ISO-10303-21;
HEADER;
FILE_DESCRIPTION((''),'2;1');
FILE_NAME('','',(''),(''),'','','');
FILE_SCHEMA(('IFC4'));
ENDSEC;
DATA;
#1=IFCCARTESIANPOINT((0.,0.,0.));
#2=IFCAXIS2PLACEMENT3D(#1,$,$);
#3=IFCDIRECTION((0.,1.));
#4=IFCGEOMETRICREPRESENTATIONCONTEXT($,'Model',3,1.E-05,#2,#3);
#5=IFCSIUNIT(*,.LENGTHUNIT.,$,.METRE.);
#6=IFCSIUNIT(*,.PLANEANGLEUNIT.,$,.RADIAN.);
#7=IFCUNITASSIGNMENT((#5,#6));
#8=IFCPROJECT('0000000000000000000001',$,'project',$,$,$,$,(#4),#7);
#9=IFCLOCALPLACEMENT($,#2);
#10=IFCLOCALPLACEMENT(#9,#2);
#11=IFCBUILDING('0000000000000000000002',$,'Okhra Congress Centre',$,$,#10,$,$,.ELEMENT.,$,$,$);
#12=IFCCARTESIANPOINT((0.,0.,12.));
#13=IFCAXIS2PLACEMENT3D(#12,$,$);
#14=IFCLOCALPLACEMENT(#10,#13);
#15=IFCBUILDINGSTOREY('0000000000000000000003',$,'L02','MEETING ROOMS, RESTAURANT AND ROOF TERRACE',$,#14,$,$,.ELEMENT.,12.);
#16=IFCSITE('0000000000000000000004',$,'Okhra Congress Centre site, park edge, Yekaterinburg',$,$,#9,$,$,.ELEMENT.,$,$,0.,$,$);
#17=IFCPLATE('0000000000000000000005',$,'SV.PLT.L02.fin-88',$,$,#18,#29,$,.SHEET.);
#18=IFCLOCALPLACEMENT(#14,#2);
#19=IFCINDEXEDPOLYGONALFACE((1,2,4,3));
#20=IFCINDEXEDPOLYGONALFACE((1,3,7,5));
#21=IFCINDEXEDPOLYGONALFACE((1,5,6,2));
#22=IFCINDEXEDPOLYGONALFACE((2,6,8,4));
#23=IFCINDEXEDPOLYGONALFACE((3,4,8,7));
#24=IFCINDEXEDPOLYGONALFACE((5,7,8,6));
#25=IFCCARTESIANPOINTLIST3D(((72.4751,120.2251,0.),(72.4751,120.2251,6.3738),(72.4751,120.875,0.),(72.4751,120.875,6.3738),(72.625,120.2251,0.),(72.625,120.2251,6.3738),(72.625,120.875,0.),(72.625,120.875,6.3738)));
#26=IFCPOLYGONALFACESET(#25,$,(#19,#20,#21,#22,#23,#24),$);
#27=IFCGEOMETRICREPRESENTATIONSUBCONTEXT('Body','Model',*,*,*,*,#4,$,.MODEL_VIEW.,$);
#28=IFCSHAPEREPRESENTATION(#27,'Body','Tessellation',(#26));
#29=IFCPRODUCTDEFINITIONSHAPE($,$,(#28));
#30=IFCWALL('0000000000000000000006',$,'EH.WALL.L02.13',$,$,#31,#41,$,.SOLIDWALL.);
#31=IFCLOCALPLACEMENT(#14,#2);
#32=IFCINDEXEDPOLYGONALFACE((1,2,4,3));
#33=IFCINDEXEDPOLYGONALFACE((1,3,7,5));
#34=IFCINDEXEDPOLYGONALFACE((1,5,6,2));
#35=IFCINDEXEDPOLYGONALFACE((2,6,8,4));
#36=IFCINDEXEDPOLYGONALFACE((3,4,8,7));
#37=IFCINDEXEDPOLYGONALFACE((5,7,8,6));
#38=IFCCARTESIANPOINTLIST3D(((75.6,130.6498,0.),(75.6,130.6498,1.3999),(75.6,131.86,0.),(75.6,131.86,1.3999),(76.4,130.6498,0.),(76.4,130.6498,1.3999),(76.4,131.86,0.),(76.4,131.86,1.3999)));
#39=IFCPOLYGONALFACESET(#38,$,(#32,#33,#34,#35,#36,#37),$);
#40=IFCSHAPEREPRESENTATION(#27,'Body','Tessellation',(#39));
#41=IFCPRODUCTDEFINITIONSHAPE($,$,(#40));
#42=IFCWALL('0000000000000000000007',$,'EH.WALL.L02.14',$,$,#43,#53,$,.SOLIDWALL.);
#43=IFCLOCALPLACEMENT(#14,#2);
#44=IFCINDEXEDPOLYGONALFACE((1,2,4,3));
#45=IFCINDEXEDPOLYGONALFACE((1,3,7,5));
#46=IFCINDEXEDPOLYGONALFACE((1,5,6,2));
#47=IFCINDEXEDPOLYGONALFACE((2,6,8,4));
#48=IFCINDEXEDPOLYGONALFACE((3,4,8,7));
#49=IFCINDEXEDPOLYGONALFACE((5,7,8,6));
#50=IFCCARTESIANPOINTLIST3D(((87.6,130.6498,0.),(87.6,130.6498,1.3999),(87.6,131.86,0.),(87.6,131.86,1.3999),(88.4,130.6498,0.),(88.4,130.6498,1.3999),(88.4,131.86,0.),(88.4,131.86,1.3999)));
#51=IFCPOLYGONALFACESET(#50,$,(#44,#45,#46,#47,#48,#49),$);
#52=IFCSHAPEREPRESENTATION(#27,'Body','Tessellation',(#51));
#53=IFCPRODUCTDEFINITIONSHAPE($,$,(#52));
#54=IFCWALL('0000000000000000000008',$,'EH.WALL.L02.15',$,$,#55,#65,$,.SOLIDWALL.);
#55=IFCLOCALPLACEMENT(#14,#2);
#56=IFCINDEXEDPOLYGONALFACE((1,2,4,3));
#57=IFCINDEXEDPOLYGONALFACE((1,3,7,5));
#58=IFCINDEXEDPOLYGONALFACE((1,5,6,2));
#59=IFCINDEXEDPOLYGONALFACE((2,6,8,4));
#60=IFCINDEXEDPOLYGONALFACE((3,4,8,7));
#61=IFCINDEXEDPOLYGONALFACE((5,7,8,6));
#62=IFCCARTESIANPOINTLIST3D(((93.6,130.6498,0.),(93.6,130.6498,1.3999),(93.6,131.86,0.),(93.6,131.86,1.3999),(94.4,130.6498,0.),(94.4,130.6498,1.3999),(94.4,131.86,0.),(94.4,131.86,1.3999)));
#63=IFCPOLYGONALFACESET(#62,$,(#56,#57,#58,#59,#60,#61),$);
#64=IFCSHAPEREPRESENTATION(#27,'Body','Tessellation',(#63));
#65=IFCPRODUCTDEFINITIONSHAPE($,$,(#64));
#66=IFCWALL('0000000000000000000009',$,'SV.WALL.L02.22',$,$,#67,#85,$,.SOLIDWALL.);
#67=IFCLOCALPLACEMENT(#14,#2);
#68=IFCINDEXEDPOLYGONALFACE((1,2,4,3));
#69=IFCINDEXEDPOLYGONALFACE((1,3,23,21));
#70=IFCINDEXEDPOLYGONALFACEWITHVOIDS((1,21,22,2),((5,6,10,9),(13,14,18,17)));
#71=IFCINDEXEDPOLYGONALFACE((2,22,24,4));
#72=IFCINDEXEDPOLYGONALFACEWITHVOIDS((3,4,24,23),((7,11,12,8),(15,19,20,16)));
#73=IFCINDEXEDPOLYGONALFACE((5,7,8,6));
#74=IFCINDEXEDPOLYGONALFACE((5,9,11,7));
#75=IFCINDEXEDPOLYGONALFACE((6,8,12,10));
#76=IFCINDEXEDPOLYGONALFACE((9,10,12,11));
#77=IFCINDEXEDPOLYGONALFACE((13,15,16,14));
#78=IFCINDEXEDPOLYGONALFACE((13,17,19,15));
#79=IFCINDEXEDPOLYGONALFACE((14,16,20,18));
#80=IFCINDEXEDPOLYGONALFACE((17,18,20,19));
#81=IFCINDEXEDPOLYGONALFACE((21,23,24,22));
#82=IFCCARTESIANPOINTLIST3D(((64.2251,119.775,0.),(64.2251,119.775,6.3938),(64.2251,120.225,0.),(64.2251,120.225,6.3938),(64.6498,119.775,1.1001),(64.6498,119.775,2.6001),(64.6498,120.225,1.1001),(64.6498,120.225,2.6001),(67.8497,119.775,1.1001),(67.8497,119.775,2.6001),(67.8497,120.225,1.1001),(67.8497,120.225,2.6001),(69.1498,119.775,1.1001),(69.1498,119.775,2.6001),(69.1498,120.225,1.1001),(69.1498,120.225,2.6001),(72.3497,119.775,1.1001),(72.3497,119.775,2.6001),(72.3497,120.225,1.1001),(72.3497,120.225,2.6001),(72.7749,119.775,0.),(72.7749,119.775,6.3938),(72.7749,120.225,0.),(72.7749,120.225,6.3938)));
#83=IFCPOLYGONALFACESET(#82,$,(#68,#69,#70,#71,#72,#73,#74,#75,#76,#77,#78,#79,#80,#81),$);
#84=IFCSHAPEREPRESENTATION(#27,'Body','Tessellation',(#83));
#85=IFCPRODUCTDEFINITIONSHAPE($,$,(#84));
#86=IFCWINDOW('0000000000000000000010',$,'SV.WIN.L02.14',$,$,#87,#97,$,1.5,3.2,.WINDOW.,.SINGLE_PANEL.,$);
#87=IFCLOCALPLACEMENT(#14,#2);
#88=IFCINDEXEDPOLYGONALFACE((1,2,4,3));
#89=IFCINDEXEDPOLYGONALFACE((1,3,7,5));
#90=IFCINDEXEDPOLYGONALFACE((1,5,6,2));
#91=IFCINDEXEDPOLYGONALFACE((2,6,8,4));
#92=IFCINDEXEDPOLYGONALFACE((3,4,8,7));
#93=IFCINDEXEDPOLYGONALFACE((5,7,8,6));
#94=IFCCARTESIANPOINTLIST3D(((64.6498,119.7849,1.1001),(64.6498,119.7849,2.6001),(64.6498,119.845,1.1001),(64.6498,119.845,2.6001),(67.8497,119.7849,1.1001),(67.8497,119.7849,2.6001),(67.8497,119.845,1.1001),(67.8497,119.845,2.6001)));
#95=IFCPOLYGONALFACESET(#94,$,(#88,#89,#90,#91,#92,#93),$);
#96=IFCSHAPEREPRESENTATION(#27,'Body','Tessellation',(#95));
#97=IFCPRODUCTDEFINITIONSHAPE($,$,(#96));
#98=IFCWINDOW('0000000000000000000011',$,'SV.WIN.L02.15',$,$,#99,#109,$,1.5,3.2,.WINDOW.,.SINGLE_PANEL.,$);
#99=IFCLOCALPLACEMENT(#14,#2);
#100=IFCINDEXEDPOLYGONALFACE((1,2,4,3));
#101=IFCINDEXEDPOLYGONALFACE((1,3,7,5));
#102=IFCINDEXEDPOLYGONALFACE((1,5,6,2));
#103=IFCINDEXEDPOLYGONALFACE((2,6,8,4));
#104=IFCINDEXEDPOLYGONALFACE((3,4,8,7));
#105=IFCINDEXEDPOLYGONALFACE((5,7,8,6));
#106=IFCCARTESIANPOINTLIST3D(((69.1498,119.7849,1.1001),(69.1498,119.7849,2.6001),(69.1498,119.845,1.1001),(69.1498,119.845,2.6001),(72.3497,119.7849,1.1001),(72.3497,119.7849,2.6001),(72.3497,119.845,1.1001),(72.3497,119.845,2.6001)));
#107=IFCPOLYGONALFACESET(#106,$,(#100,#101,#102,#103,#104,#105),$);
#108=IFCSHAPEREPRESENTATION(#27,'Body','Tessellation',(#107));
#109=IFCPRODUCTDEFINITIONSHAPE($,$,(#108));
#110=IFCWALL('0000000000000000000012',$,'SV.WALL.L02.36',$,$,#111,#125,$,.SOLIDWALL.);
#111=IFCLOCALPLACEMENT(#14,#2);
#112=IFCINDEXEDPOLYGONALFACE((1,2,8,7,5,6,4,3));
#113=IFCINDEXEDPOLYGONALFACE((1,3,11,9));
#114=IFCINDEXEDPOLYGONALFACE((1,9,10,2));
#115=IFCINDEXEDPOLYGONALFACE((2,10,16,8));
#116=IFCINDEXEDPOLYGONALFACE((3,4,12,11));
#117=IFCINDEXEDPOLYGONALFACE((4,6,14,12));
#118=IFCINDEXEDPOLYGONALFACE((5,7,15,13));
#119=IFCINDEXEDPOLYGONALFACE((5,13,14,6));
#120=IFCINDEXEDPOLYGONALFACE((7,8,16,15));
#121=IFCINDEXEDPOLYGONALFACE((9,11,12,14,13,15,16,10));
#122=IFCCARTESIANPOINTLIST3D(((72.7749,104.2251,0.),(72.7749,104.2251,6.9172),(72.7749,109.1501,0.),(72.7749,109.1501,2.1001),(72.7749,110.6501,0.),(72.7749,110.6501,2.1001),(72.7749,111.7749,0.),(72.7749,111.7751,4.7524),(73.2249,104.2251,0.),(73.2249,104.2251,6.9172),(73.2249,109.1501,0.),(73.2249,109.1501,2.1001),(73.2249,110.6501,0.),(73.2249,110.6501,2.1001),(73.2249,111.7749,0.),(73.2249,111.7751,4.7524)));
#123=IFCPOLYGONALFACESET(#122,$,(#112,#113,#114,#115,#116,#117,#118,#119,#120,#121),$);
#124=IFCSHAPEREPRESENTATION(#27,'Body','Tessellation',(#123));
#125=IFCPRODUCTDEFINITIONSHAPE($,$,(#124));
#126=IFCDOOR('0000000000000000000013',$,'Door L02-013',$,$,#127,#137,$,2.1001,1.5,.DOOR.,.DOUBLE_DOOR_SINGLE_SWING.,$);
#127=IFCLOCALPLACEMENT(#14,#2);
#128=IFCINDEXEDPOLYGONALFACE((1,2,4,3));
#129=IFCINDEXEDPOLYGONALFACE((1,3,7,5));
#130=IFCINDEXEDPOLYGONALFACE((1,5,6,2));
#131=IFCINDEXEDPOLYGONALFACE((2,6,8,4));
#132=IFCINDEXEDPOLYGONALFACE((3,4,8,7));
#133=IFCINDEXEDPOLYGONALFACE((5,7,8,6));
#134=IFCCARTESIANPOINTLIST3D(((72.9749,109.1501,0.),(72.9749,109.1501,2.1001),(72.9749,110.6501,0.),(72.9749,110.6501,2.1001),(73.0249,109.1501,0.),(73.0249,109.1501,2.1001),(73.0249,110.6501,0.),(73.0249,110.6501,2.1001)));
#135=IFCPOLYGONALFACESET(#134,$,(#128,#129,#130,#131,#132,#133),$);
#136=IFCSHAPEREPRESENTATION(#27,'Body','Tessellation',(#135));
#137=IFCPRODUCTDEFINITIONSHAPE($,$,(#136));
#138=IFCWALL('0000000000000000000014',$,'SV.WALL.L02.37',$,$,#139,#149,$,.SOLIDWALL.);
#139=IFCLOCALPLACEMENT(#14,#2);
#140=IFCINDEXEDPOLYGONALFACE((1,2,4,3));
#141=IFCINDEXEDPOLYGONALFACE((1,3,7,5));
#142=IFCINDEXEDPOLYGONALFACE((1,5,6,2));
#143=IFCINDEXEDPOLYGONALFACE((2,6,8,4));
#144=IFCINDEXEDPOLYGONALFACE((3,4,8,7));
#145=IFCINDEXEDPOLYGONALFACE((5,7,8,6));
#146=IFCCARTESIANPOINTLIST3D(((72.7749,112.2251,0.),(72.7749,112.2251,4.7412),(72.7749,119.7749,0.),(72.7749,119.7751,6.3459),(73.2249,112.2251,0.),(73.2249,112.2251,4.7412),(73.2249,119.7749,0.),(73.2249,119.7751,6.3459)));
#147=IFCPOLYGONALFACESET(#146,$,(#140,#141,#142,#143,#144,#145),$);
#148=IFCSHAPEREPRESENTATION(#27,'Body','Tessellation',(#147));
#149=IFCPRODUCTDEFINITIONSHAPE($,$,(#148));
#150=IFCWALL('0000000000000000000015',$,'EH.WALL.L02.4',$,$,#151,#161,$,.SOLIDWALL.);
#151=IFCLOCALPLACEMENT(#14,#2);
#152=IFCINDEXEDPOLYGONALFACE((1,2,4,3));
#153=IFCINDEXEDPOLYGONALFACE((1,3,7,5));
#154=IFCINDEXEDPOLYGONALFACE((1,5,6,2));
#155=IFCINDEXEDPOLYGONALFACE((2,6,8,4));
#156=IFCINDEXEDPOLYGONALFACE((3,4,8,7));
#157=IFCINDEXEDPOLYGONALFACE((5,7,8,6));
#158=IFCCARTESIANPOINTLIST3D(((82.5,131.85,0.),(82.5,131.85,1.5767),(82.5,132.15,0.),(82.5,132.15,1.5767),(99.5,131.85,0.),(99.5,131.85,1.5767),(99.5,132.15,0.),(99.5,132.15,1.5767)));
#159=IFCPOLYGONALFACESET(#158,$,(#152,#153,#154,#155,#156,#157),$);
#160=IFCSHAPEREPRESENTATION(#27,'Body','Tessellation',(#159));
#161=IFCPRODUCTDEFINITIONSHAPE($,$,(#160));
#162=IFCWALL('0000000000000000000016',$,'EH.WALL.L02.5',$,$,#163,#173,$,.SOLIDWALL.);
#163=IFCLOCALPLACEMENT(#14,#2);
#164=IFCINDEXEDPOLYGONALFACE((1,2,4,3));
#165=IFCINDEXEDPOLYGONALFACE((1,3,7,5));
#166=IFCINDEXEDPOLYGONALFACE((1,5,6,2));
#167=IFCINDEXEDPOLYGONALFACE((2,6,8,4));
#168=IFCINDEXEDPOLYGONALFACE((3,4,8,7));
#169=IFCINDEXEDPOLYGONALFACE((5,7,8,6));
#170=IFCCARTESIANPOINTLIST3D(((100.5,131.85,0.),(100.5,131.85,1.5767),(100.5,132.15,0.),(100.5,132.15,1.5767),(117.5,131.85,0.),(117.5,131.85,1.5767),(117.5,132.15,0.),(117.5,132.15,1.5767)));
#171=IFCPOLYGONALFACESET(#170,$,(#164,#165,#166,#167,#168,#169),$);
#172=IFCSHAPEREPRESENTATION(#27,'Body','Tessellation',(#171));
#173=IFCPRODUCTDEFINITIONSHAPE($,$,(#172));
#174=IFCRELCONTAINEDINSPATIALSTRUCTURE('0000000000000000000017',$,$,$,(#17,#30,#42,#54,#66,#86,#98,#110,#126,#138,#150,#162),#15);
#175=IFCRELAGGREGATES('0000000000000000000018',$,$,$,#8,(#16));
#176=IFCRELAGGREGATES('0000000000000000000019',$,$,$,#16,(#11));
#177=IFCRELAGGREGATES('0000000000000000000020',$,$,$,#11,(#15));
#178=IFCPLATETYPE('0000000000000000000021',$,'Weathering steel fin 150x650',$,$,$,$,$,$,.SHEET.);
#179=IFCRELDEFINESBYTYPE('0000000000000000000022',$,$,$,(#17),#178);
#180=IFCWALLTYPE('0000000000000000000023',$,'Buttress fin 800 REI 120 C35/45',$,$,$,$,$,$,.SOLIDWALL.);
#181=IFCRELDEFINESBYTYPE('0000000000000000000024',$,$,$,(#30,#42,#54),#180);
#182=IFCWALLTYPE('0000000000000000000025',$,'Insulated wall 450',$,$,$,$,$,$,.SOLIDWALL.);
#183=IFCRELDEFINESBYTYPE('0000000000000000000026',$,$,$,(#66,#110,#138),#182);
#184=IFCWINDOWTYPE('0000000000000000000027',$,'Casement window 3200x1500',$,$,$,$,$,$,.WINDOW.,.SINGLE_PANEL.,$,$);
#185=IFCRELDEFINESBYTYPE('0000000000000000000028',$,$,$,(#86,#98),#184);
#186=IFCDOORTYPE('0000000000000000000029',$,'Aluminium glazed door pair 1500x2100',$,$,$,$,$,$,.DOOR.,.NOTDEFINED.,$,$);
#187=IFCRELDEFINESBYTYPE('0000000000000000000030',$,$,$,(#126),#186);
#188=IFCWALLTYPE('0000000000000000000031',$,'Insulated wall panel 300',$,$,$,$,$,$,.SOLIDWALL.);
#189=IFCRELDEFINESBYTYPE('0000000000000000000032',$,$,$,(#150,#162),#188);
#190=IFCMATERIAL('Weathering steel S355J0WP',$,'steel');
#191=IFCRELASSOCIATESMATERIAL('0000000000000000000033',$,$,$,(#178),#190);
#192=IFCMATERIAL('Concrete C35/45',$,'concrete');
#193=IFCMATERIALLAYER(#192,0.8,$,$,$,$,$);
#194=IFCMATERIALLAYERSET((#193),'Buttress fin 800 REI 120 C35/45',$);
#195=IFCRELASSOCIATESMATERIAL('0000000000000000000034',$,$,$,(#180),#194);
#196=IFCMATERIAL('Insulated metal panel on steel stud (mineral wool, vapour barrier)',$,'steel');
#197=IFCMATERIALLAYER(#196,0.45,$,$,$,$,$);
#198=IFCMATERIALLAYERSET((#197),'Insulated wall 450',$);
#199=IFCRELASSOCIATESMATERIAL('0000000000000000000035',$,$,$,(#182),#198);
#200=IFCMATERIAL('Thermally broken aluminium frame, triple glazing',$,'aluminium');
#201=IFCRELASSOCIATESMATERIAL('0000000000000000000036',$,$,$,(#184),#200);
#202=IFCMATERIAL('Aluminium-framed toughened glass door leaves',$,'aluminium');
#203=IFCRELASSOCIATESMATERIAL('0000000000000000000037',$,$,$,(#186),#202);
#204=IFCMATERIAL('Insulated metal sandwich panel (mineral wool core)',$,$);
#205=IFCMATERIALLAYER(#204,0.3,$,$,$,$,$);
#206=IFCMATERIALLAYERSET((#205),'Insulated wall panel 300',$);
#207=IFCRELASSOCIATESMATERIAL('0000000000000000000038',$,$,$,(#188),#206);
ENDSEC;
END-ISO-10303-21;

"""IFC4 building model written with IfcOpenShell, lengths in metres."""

from ifc_helpers import new_model, si_unit, direction, frame, frame_2d, origin, origin_2d, place, context, subcontext, project, spatial, polyline, rectangle, outline, extrude, material, layer, layer_set, type_object, element, fill, save


model = new_model("IFC4")

# Units and contexts
model_context = context("Model", 3, precision=1e-05, world=origin(), true_north=direction((0.0, 1.0)))
body_context = subcontext(model_context, "Body", "Model", "MODEL_VIEW")
ifc_project = project(units=[si_unit("LENGTHUNIT", "METRE"), si_unit("PLANEANGLEUNIT", "RADIAN")], contexts=[model_context])

# Site, building, storey
site_placement = place(None, origin())
site = spatial("IfcSite", under=ifc_project, at=site_placement, Name="Okhra Congress Centre site, park edge, Yekaterinburg", CompositionType="ELEMENT", RefElevation=0.0)
building_placement = place(site_placement, origin())
building = spatial("IfcBuilding", under=site, at=building_placement, Name="Okhra Congress Centre", CompositionType="ELEMENT")
storey_placement = place(building_placement, frame((0.0, 0.0, 12.0)))
storey = spatial("IfcBuildingStorey", under=building, at=storey_placement, Name="L02", Description="MEETING ROOMS, RESTAURANT AND ROOF TERRACE", CompositionType="ELEMENT", Elevation=12.0)

# Shared definitions
ifc_material_1 = material(Name="Concrete C35/45", Category="concrete")

# Plate
ifc_material_2 = material(Name="Weathering steel S355J0WP", Category="steel")
plate_type_1 = type_object("IfcPlateType", Name="Weathering steel fin 150x650", PredefinedType="SHEET", material=ifc_material_2)
plate_1_placement = place(storey_placement, frame((72.55, 120.55, 0.0), z_axis=(0.0, 0.0, 1.0), x_axis=(-1.0, 0.0, 0.0)))
element("IfcPlate", 1, at=plate_1_placement, inside=storey, type_object=plate_type_1, Name="SV.PLT.L02.fin-88", PredefinedType="SHEET", context=body_context, shape_type="SweptSolid", body=[
    extrude(rectangle(XDim=0.1499, YDim=0.6499, at=origin_2d()), origin(), (0.0, 0.0, 1.0), 6.3738),
])

# Walls
ifc_layer_1 = layer(ifc_material_1, 0.8)
ifc_layer_set_1 = layer_set([ifc_layer_1], Name="Buttress fin 800 REI 120 C35/45")
wall_type_1 = type_object("IfcWallType", Name="Buttress fin 800 REI 120 C35/45", PredefinedType="SOLIDWALL", material=ifc_layer_set_1)
for number, where, z_axis, x_axis, name in (
    (2, (76.0, 130.6499, 0.0), (0.0, 0.0, 1.0), (0.0, 1.0, 0.0), "EH.WALL.L02.13"),
    (3, (88.0, 130.6499, 0.0), (0.0, 0.0, 1.0), (0.0, 1.0, 0.0), "EH.WALL.L02.14"),
    (4, (94.0, 130.6499, 0.0), (0.0, 0.0, 1.0), (0.0, 1.0, 0.0), "EH.WALL.L02.15"),
):
    element("IfcWall", number, at=place(storey_placement, frame(where, z_axis=z_axis, x_axis=x_axis)), inside=storey, type_object=wall_type_1, Name=name, PredefinedType="SOLIDWALL", context=body_context, shape_type="SweptSolid", body=[
        extrude(rectangle(XDim=1.2102, YDim=0.8, at=frame_2d((0.605, 0.0))), origin(), (0.0, 0.0, 1.0), 1.3999),
    ])

# Wall, openings, windows
ifc_material_3 = material(Name="Insulated metal panel on steel stud (mineral wool, vapour barrier)", Category="steel")
ifc_layer_2 = layer(ifc_material_3, 0.45)
ifc_layer_set_2 = layer_set([ifc_layer_2], Name="Insulated wall 450")
wall_type_2 = type_object("IfcWallType", Name="Insulated wall 450", PredefinedType="SOLIDWALL", material=ifc_layer_set_2)
wall_1_placement = place(storey_placement, frame((72.7749, 120.0, 0.0), z_axis=(0.0, 0.0, 1.0), x_axis=(-1.0, 0.0, 0.0)))
wall_1 = element("IfcWall", 5, at=wall_1_placement, inside=storey, type_object=wall_type_2, Name="SV.WALL.L02.22", PredefinedType="SOLIDWALL", context=body_context, shape_type="SweptSolid", body=[
    extrude(rectangle(XDim=8.5498, YDim=0.45, at=frame_2d((4.2749, 0.0))), origin(), (0.0, 0.0, 1.0), 6.3938),
])
opening_1_placement = place(wall_1_placement, frame((4.925, 0.0, 1.1001)))
opening_1 = element("IfcOpeningElement", 6, at=opening_1_placement, cuts=wall_1, PredefinedType="OPENING", context=body_context, shape_type="SweptSolid", body=[
    extrude(rectangle(XDim=3.2, YDim=1.5, at=frame_2d((1.6001, 0.75))), frame((0.0, 0.2349, 0.0), z_axis=(0.0, -1.0, 0.0), x_axis=(1.0, 0.0, 0.0)), (0.0, 0.0, 1.0), 0.47),
])
opening_2_placement = place(wall_1_placement, frame((0.425, 0.0, 1.1001)))
opening_2 = element("IfcOpeningElement", 7, at=opening_2_placement, cuts=wall_1, PredefinedType="OPENING", context=body_context, shape_type="SweptSolid", body=[
    extrude(rectangle(XDim=3.2, YDim=1.5, at=frame_2d((1.6001, 0.75))), frame((0.0, 0.2349, 0.0), z_axis=(0.0, -1.0, 0.0), x_axis=(1.0, 0.0, 0.0)), (0.0, 0.0, 1.0), 0.47),
])
ifc_material_4 = material(Name="Thermally broken aluminium frame, triple glazing", Category="aluminium")
window_type = type_object("IfcWindowType", Name="Casement window 3200x1500", PartitioningType="SINGLE_PANEL", PredefinedType="WINDOW", material=ifc_material_4)
window_1_placement = place(opening_1_placement, origin())
window_1 = element("IfcWindow", 8, at=window_1_placement, inside=storey, type_object=window_type, Name="SV.WIN.L02.14", OverallHeight=1.5, OverallWidth=3.2, PartitioningType="SINGLE_PANEL", PredefinedType="WINDOW", context=body_context, shape_type="SweptSolid", body=[
    extrude(rectangle(XDim=3.2, YDim=1.5, at=frame_2d((1.6001, 0.75))), frame((0.0, 0.2151, 0.0), z_axis=(0.0, -1.0, 0.0), x_axis=(1.0, 0.0, 0.0)), (0.0, 0.0, 1.0), 0.0601),
])
fill(opening_1, window_1)
window_2_placement = place(opening_2_placement, origin())
window_2 = element("IfcWindow", 9, at=window_2_placement, inside=storey, type_object=window_type, Name="SV.WIN.L02.15", OverallHeight=1.5, OverallWidth=3.2, PartitioningType="SINGLE_PANEL", PredefinedType="WINDOW", context=body_context, shape_type="SweptSolid", body=[
    extrude(rectangle(XDim=3.2, YDim=1.5, at=frame_2d((1.6001, 0.75))), frame((0.0, 0.2151, 0.0), z_axis=(0.0, -1.0, 0.0), x_axis=(1.0, 0.0, 0.0)), (0.0, 0.0, 1.0), 0.0601),
])
fill(opening_2, window_2)

# Wall, opening, door
wall_2_placement = place(storey_placement, frame((73.0, 104.2251, 0.0), z_axis=(0.0, 0.0, 1.0), x_axis=(0.0, 1.0, 0.0)))
wall_2 = element("IfcWall", 10, at=wall_2_placement, inside=storey, type_object=wall_type_2, Name="SV.WALL.L02.36", PredefinedType="SOLIDWALL", context=body_context, shape_type="SweptSolid", body=[
    extrude(outline(polyline([(0.0, 0.0), (7.5498, 0.0), (7.55, 4.7524), (0.0, 6.9172), (0.0, 0.0)])), frame((0.0, 0.2251, 0.0), z_axis=(0.0, -1.0, 0.0), x_axis=(1.0, 0.0, 0.0)), (0.0, 0.0, 1.0), 0.45),
])
opening_3_placement = place(wall_2_placement, frame((4.925, 0.0, 0.0)))
opening_3 = element("IfcOpeningElement", 11, at=opening_3_placement, cuts=wall_2, PredefinedType="OPENING", context=body_context, shape_type="SweptSolid", body=[
    extrude(rectangle(XDim=1.5, YDim=2.1001, at=frame_2d((0.75, 1.05))), frame((0.0, 0.2349, 0.0), z_axis=(0.0, -1.0, 0.0), x_axis=(1.0, 0.0, 0.0)), (0.0, 0.0, 1.0), 0.47),
])
ifc_material_5 = material(Name="Aluminium-framed toughened glass door leaves", Category="aluminium")
door_type = type_object("IfcDoorType", Name="Aluminium glazed door pair 1500x2100", OperationType="NOTDEFINED", PredefinedType="DOOR", material=ifc_material_5)
door_placement = place(opening_3_placement, frame((1.5, 0.0, 0.0), z_axis=(0.0, 0.0, 1.0), x_axis=(-1.0, 0.0, 0.0)))
door = element("IfcDoor", 12, at=door_placement, inside=storey, type_object=door_type, Name="Door L02-013", OperationType="DOUBLE_DOOR_SINGLE_SWING", OverallHeight=2.1001, OverallWidth=1.5, PredefinedType="DOOR", context=body_context, shape_type="SweptSolid", body=[
    extrude(rectangle(XDim=1.5, YDim=2.1001, at=frame_2d((0.75, 1.05))), frame((0.0, 0.0249, 0.0), z_axis=(0.0, -1.0, 0.0), x_axis=(1.0, 0.0, 0.0)), (0.0, 0.0, 1.0), 0.05),
])
fill(opening_3, door)

# Walls
wall_3_placement = place(storey_placement, frame((73.0, 112.2251, 0.0), z_axis=(0.0, 0.0, 1.0), x_axis=(0.0, 1.0, 0.0)))
element("IfcWall", 13, at=wall_3_placement, inside=storey, type_object=wall_type_2, Name="SV.WALL.L02.37", PredefinedType="SOLIDWALL", context=body_context, shape_type="SweptSolid", body=[
    extrude(outline(polyline([(0.0, 0.0), (7.5498, 0.0), (7.55, 6.3459), (0.0, 4.7412), (0.0, 0.0)])), frame((0.0, 0.2251, 0.0), z_axis=(0.0, -1.0, 0.0), x_axis=(1.0, 0.0, 0.0)), (0.0, 0.0, 1.0), 0.45),
])
ifc_material_6 = material(Name="Insulated metal sandwich panel (mineral wool core)")
ifc_layer_3 = layer(ifc_material_6, 0.3)
ifc_layer_set_3 = layer_set([ifc_layer_3], Name="Insulated wall panel 300")
wall_type_3 = type_object("IfcWallType", Name="Insulated wall panel 300", PredefinedType="SOLIDWALL", material=ifc_layer_set_3)
for number, where, z_axis, x_axis, name in (
    (14, (82.5, 132.0, 0.0), (0.0, 0.0, 1.0), (1.0, 0.0, 0.0), "EH.WALL.L02.4"),
    (15, (100.5, 132.0, 0.0), (0.0, 0.0, 1.0), (1.0, 0.0, 0.0), "EH.WALL.L02.5"),
):
    element("IfcWall", number, at=place(storey_placement, frame(where, z_axis=z_axis, x_axis=x_axis)), inside=storey, type_object=wall_type_3, Name=name, PredefinedType="SOLIDWALL", context=body_context, shape_type="SweptSolid", body=[
        extrude(rectangle(XDim=17.0, YDim=0.3, at=frame_2d((8.5, 0.0))), origin(), (0.0, 0.0, 1.0), 1.5767),
    ])

save(model, "model.ifc")
